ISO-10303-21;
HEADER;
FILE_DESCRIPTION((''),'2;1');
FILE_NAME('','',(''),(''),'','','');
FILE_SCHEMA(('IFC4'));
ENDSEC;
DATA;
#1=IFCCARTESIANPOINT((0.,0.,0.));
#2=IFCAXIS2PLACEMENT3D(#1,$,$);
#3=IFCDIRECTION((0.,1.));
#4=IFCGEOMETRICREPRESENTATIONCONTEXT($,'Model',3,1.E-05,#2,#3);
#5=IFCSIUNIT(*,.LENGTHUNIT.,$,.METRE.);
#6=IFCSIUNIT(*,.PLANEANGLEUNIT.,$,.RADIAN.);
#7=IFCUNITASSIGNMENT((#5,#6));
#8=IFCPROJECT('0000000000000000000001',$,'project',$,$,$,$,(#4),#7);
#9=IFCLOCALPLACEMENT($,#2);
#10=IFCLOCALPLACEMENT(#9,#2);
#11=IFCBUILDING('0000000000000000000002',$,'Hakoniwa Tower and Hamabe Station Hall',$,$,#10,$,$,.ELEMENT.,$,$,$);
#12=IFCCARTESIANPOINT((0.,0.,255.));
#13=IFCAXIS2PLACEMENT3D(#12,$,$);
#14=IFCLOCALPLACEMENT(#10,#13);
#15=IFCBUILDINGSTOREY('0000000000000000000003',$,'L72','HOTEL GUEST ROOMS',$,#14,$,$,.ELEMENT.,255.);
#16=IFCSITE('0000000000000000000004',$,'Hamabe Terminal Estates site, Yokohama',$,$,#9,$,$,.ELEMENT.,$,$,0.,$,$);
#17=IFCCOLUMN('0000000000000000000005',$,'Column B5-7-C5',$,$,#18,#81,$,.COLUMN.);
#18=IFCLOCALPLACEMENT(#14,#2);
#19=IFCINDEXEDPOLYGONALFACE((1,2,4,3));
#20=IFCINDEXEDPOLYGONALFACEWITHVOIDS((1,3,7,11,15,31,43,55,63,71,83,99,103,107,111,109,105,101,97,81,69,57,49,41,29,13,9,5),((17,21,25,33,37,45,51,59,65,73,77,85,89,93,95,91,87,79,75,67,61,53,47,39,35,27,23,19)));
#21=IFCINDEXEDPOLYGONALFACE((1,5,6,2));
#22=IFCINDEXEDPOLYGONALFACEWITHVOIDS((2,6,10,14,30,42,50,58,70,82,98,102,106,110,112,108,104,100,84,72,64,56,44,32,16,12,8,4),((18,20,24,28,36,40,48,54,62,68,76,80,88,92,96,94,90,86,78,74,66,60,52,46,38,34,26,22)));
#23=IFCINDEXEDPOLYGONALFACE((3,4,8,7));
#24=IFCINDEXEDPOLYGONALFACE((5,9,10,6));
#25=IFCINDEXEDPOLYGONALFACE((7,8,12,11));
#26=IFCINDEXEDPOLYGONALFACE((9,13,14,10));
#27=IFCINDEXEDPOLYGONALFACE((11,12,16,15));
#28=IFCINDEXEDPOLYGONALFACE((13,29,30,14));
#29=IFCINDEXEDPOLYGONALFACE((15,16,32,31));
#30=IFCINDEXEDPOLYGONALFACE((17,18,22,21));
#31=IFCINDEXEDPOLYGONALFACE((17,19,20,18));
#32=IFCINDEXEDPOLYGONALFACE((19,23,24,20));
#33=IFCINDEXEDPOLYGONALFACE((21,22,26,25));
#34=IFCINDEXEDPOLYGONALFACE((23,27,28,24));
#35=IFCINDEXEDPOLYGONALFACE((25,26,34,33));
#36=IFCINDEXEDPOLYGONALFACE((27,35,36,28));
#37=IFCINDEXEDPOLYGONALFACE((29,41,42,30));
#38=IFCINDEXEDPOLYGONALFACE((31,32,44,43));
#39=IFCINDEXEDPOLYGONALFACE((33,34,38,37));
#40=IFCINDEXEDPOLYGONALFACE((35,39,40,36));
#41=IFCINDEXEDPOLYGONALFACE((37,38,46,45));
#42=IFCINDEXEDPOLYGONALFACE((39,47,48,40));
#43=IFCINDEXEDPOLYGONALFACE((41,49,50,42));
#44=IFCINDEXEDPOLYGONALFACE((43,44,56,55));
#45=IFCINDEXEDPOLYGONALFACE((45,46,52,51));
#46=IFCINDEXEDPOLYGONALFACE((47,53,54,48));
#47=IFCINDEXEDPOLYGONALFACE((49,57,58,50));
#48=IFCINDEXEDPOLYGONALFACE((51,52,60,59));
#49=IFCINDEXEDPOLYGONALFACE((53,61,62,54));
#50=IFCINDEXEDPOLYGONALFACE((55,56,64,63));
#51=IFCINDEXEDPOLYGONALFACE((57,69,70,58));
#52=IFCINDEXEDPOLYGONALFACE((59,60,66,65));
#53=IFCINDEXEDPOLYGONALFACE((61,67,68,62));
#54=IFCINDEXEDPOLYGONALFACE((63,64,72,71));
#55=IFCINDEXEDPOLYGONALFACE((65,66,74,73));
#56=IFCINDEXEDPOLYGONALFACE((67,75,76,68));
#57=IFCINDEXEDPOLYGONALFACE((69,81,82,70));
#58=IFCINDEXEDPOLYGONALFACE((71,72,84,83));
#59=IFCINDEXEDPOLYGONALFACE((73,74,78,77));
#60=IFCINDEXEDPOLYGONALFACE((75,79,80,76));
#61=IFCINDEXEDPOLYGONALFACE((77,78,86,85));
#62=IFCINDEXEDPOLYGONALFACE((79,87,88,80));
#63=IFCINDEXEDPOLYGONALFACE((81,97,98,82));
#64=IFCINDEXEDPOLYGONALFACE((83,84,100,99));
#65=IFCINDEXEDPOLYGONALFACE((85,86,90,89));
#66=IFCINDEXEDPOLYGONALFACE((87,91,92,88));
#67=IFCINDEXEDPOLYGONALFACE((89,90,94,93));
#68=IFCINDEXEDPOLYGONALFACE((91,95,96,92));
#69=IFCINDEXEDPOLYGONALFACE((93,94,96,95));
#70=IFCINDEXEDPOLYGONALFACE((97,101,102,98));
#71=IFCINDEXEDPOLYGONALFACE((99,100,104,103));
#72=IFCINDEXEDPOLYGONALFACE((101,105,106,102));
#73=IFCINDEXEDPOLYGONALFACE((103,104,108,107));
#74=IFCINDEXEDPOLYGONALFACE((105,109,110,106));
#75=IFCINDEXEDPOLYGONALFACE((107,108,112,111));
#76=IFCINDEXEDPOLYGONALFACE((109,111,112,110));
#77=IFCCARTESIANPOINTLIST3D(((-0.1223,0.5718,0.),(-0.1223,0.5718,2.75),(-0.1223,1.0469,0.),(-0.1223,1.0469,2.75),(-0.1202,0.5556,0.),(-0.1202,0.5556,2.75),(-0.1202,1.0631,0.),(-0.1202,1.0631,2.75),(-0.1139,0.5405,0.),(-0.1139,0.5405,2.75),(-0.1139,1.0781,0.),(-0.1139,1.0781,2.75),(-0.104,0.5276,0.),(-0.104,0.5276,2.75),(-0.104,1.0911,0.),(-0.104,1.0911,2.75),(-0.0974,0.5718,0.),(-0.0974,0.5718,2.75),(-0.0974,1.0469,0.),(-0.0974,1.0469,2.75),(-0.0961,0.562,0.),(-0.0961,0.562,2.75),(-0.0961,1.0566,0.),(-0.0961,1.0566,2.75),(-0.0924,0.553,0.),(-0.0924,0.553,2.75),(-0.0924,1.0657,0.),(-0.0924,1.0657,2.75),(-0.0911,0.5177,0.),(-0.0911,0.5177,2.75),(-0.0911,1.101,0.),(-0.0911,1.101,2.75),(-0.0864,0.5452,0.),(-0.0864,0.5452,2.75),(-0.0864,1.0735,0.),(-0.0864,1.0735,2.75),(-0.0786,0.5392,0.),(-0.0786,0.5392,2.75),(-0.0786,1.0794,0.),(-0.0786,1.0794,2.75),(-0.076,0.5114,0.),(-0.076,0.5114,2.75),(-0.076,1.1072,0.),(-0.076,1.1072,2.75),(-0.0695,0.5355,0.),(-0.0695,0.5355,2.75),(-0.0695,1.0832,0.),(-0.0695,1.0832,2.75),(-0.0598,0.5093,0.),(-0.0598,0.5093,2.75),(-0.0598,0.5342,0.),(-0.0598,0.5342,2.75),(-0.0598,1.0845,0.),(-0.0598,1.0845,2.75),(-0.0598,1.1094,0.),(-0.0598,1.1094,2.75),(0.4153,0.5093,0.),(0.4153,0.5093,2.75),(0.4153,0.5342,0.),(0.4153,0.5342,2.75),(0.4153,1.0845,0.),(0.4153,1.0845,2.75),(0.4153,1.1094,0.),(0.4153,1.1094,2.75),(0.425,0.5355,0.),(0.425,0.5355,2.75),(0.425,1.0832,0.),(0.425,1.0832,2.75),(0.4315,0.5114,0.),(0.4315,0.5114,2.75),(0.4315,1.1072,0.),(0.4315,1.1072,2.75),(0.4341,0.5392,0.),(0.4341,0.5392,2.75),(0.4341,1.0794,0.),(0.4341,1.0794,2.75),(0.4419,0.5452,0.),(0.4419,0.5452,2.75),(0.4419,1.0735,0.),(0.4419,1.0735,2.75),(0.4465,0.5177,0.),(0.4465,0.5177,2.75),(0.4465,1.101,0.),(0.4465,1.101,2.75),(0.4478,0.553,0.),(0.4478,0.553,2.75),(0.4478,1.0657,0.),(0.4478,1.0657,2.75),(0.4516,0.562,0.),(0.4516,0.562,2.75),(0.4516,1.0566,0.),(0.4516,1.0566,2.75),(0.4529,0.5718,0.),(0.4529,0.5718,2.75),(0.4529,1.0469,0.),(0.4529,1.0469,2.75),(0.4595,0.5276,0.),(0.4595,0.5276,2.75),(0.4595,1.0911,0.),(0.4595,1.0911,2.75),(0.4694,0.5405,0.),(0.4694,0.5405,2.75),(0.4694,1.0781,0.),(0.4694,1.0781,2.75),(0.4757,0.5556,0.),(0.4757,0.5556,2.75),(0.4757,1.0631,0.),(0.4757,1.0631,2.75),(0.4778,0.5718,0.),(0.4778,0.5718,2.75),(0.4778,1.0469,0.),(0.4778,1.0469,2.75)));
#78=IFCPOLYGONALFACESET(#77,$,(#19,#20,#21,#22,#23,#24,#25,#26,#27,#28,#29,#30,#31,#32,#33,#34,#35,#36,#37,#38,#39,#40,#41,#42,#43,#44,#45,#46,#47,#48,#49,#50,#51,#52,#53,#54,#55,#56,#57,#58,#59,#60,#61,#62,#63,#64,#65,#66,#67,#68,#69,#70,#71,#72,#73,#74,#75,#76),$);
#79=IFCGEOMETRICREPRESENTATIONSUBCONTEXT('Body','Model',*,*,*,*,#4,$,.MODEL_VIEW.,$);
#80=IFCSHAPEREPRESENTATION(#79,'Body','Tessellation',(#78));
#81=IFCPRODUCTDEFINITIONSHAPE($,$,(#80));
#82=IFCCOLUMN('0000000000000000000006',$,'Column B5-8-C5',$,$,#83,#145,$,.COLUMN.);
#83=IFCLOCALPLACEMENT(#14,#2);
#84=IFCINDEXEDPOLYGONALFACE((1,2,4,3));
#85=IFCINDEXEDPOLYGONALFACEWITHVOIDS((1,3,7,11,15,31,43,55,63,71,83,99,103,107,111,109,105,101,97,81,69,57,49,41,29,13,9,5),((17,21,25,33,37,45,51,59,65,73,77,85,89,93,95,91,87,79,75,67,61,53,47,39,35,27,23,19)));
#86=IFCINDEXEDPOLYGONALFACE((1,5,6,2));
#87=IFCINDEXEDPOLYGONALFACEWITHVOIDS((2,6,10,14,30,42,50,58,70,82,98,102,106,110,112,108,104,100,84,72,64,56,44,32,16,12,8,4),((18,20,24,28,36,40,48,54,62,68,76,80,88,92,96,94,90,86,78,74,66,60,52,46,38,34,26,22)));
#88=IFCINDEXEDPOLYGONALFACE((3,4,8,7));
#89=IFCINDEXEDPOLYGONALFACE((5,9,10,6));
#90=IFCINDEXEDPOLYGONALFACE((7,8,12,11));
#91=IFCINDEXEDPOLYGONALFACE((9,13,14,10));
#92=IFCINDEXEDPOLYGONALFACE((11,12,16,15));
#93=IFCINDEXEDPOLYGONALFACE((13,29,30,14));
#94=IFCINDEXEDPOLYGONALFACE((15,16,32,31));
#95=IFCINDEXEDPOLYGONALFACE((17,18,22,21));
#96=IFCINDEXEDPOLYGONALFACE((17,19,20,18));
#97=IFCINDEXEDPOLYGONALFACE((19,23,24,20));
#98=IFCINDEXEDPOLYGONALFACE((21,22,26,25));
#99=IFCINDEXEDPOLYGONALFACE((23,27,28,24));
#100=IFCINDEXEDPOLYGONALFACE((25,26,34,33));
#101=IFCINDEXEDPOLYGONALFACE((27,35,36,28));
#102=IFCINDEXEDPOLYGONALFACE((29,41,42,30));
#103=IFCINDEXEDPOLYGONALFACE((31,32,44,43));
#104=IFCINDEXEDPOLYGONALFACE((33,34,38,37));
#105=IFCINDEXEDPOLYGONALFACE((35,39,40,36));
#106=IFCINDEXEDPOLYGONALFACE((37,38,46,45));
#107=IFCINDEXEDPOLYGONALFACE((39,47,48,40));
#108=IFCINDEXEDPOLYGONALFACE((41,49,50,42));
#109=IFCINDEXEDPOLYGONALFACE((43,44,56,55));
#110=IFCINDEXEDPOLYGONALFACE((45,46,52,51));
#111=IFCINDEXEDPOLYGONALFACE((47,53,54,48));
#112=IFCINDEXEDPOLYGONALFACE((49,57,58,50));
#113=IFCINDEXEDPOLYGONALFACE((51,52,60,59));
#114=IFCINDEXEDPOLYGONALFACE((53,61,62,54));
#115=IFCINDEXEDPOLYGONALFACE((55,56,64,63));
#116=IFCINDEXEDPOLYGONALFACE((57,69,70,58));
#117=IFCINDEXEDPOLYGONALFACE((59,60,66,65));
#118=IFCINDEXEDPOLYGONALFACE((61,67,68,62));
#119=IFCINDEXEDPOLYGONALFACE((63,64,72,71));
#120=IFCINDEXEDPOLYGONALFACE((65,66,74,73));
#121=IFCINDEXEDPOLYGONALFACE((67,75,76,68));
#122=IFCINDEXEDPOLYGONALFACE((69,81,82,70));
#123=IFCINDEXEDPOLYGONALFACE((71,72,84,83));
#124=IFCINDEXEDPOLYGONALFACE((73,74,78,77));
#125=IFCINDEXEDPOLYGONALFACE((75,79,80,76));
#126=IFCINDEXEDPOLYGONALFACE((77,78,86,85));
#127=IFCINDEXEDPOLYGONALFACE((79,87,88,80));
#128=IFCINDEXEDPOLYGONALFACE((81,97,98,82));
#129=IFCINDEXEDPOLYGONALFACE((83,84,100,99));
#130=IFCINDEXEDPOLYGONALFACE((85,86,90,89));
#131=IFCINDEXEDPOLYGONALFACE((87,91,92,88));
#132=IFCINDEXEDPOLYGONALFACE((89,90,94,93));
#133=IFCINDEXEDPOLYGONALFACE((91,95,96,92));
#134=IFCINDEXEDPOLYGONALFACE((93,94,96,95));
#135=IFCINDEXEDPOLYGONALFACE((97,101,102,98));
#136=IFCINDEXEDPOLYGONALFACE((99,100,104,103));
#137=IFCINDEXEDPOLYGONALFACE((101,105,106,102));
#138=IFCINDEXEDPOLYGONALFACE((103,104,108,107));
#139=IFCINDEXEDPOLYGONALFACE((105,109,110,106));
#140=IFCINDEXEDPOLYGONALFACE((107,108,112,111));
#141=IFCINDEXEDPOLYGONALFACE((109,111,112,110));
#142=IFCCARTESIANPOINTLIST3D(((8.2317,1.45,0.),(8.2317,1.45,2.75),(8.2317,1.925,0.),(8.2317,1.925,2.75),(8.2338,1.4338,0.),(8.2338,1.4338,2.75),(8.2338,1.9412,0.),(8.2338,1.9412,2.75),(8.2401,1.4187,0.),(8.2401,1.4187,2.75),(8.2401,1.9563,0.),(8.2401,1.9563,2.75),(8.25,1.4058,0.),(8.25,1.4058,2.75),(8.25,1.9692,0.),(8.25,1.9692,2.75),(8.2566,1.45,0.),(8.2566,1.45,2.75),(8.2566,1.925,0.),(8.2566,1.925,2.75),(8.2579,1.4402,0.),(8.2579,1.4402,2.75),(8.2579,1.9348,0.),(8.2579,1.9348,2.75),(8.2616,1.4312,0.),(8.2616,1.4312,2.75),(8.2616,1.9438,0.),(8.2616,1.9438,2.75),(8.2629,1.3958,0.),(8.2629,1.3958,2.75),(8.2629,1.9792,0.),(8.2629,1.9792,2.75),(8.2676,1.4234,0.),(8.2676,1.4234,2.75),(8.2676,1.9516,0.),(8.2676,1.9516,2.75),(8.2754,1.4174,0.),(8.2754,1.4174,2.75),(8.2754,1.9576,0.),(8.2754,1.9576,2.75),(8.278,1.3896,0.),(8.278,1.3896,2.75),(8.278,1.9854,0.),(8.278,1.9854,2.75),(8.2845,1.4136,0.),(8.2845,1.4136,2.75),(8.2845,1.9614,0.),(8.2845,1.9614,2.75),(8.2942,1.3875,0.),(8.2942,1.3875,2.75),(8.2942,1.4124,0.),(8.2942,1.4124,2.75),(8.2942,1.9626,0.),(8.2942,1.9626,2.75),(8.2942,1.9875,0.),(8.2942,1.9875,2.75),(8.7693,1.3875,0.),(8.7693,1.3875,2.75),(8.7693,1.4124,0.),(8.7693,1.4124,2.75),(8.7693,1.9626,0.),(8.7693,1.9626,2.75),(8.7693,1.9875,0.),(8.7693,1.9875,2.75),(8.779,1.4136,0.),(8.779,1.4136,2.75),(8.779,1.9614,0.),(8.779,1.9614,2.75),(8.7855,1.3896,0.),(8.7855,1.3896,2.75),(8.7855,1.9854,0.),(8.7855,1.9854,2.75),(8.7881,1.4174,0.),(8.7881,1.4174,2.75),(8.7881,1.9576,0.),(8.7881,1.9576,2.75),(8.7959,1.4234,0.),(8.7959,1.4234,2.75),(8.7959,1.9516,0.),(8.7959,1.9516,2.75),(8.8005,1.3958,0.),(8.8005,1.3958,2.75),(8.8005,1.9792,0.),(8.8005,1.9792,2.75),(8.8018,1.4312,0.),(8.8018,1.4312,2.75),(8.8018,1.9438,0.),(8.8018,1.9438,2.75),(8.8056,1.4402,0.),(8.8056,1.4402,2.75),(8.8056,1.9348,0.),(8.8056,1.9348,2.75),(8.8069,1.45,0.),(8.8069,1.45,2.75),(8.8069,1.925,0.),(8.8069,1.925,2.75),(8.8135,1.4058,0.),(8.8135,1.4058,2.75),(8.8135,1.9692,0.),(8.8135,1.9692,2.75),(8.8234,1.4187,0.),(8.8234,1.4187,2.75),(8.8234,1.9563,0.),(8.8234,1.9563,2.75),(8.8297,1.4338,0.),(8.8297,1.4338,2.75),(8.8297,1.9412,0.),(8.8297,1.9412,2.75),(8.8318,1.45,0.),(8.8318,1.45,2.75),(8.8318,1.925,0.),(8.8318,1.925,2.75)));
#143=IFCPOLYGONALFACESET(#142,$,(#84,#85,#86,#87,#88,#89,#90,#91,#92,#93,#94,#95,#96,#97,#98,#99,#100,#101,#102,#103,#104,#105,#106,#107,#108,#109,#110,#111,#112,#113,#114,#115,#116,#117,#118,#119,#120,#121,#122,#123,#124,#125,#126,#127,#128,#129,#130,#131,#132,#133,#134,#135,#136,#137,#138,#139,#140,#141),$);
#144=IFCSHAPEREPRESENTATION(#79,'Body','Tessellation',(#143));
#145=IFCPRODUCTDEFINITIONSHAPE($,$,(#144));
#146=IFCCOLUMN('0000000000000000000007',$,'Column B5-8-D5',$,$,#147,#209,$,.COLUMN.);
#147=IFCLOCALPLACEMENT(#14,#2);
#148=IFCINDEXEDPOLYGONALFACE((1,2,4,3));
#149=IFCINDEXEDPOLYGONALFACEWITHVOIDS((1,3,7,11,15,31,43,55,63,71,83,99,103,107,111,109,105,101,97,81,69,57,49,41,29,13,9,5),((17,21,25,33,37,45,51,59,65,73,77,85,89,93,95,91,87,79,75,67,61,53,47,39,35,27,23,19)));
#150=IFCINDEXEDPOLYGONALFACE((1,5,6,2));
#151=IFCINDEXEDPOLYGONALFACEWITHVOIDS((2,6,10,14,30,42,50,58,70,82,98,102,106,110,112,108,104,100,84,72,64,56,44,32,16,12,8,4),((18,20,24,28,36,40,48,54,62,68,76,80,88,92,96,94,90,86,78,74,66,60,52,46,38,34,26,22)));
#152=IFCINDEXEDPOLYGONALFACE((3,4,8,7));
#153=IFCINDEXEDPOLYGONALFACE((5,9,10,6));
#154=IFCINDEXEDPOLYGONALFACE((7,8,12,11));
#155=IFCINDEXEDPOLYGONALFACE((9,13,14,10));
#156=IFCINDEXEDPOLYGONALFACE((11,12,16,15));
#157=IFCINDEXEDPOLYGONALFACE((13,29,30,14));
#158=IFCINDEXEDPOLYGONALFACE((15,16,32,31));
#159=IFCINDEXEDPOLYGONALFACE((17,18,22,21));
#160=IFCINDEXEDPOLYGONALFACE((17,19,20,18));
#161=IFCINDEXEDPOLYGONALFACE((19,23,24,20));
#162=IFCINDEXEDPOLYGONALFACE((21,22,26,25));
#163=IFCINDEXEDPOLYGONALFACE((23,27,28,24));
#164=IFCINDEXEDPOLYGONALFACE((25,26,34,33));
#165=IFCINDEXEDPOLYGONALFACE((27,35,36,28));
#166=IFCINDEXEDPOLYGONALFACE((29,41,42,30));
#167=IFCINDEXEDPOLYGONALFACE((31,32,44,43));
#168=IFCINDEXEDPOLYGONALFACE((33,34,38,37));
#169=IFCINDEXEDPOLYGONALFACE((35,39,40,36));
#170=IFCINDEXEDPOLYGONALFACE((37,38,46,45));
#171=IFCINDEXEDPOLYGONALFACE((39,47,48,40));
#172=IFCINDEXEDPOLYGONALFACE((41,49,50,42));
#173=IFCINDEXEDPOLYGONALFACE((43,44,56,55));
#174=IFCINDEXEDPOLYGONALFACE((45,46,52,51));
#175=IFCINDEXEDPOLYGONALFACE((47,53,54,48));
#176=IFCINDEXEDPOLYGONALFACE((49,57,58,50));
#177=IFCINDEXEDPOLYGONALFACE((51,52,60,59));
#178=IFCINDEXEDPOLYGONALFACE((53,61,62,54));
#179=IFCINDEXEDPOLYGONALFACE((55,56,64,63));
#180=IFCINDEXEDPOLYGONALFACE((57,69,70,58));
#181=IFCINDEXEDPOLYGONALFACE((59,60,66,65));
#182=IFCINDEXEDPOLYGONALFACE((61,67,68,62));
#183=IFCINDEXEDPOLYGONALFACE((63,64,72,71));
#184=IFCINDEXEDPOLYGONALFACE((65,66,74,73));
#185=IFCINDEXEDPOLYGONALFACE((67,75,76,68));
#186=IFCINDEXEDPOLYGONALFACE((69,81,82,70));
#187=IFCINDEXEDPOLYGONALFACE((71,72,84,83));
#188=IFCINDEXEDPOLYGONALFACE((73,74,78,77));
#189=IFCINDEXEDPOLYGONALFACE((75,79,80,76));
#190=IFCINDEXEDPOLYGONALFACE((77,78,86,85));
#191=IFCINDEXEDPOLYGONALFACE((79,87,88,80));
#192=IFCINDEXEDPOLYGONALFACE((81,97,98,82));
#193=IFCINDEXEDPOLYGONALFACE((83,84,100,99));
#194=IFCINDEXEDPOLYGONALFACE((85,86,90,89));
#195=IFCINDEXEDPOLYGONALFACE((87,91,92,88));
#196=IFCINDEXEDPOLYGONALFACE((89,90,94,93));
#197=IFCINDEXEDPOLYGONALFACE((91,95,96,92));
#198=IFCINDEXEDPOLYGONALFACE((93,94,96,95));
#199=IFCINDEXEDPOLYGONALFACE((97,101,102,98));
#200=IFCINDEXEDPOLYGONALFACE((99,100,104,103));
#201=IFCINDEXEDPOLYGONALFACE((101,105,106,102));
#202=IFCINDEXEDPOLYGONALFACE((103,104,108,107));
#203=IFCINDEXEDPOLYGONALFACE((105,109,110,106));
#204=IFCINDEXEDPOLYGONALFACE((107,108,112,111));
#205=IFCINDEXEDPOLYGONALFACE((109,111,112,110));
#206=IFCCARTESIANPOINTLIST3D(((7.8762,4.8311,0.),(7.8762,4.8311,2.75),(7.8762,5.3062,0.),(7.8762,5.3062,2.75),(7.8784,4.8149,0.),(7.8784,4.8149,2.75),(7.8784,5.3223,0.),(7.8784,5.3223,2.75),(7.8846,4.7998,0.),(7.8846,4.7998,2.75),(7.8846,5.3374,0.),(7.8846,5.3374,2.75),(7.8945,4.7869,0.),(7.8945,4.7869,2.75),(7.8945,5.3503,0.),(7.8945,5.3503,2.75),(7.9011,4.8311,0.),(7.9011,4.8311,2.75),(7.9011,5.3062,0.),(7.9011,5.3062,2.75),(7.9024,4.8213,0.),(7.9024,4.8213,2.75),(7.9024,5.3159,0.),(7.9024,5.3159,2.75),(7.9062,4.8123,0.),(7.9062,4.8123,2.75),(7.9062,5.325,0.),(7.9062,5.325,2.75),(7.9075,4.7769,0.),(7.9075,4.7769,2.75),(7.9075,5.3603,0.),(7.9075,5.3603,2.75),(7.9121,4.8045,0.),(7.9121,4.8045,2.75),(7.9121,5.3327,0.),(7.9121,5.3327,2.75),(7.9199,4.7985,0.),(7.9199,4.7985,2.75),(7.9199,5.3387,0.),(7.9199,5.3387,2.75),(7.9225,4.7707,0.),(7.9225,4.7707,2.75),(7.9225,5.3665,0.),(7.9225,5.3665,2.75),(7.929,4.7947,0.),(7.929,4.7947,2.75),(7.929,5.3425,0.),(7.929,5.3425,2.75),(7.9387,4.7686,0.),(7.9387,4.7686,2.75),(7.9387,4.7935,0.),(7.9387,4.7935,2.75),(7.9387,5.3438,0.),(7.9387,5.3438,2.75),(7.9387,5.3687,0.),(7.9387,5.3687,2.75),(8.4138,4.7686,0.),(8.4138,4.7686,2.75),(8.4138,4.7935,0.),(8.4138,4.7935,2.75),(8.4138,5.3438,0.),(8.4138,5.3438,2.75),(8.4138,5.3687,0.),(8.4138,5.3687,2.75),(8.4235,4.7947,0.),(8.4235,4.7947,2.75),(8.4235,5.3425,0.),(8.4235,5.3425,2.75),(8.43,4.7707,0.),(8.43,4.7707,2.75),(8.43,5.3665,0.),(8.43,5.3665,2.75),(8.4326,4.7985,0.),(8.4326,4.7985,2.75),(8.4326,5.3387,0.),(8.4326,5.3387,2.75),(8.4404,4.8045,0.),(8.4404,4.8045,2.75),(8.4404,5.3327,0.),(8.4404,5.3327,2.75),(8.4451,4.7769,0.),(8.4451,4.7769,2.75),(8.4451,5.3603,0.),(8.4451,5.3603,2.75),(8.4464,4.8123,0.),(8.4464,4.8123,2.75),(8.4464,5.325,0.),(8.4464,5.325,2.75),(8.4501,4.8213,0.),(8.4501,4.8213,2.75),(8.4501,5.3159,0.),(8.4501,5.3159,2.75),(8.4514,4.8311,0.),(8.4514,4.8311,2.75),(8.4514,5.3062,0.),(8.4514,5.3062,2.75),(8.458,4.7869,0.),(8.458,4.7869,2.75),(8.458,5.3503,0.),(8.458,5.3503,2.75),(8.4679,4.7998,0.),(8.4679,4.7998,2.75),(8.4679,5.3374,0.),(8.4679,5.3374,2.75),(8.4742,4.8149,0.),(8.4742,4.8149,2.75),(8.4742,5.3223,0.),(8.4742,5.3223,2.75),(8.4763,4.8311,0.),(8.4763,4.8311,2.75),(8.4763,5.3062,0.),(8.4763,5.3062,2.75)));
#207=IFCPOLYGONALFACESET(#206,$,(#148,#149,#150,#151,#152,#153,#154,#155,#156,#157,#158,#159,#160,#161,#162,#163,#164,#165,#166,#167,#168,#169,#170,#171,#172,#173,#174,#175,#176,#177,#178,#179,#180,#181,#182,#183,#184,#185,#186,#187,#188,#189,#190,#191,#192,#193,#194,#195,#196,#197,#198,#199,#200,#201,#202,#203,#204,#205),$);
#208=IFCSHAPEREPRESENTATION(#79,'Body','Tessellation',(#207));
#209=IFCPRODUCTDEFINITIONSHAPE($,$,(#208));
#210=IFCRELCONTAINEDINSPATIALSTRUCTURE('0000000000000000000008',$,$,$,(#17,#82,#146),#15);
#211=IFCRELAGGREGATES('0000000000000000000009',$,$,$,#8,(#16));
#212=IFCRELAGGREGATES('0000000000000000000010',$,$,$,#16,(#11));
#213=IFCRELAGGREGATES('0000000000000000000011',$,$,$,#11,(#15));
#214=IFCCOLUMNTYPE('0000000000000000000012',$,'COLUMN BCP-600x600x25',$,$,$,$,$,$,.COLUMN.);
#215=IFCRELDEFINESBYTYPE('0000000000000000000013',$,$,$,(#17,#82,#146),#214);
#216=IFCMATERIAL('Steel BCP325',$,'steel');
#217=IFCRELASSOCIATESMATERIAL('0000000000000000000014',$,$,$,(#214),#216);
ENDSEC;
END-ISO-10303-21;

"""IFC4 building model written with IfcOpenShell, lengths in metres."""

from ifc_helpers import new_model, si_unit, direction, frame, origin, origin_2d, place, context, subcontext, project, spatial, hollow_rectangle, extrude, material, material_profile, profile_set, type_object, element, save


model = new_model("IFC4")

# Units and contexts
model_context = context("Model", 3, precision=1e-05, world=origin(), true_north=direction((0.0, 1.0)))
body_context = subcontext(model_context, "Body", "Model", "MODEL_VIEW")
ifc_project = project(units=[si_unit("LENGTHUNIT", "METRE"), si_unit("PLANEANGLEUNIT", "RADIAN")], contexts=[model_context])

# Site, building, storey
site_placement = place(None, origin())
site = spatial("IfcSite", under=ifc_project, at=site_placement, Name="Hamabe Terminal Estates site, Yokohama", CompositionType="ELEMENT", RefElevation=0.0)
building_placement = place(site_placement, origin())
building = spatial("IfcBuilding", under=site, at=building_placement, Name="Hakoniwa Tower and Hamabe Station Hall", CompositionType="ELEMENT")
storey_placement = place(building_placement, frame((0.0, 0.0, 255.0)))
storey = spatial("IfcBuildingStorey", under=building, at=storey_placement, Name="L72", Description="HOTEL GUEST ROOMS", CompositionType="ELEMENT", Elevation=255.0)

# Columns
ifc_material_1 = material(Name="Steel BCP325", Category="steel")
ifc_material_profile = material_profile(ifc_material_1, hollow_rectangle(XDim=0.6001, YDim=0.6001, WallThickness=0.0249, InnerFilletRadius=0.0376, OuterFilletRadius=0.0625, at=origin_2d()), Name="BCP-600x600x25")
ifc_profile_set = profile_set([ifc_material_profile], Name="Steel BCP325")
column_type = type_object("IfcColumnType", Name="COLUMN BCP-600x600x25", PredefinedType="COLUMN", material=ifc_profile_set)
for number, where, z_axis, x_axis, name in (
    (1, (0.1777, 0.8093, 0.0), (0.0, 0.0, 1.0), (1.0, 0.0, 0.0), "Column B5-7-C5"),
    (2, (8.5317, 1.6875, 0.0), (0.0, 0.0, 1.0), (1.0, 0.0, 0.0), "Column B5-8-C5"),
    (3, (8.1763, 5.0686, 0.0), (0.0, 0.0, 1.0), (1.0, 0.0, 0.0), "Column B5-8-D5"),
):
    element("IfcColumn", number, at=place(storey_placement, frame(where, z_axis=z_axis, x_axis=x_axis)), inside=storey, type_object=column_type, Name=name, PredefinedType="COLUMN", context=body_context, shape_type="SweptSolid", body=[
        extrude(hollow_rectangle(XDim=0.6001, YDim=0.6001, WallThickness=0.0249, InnerFilletRadius=0.0376, OuterFilletRadius=0.0625, at=origin_2d()), origin(), (0.0, 0.0, 1.0), 2.75),
    ])

save(model, "model.ifc")
